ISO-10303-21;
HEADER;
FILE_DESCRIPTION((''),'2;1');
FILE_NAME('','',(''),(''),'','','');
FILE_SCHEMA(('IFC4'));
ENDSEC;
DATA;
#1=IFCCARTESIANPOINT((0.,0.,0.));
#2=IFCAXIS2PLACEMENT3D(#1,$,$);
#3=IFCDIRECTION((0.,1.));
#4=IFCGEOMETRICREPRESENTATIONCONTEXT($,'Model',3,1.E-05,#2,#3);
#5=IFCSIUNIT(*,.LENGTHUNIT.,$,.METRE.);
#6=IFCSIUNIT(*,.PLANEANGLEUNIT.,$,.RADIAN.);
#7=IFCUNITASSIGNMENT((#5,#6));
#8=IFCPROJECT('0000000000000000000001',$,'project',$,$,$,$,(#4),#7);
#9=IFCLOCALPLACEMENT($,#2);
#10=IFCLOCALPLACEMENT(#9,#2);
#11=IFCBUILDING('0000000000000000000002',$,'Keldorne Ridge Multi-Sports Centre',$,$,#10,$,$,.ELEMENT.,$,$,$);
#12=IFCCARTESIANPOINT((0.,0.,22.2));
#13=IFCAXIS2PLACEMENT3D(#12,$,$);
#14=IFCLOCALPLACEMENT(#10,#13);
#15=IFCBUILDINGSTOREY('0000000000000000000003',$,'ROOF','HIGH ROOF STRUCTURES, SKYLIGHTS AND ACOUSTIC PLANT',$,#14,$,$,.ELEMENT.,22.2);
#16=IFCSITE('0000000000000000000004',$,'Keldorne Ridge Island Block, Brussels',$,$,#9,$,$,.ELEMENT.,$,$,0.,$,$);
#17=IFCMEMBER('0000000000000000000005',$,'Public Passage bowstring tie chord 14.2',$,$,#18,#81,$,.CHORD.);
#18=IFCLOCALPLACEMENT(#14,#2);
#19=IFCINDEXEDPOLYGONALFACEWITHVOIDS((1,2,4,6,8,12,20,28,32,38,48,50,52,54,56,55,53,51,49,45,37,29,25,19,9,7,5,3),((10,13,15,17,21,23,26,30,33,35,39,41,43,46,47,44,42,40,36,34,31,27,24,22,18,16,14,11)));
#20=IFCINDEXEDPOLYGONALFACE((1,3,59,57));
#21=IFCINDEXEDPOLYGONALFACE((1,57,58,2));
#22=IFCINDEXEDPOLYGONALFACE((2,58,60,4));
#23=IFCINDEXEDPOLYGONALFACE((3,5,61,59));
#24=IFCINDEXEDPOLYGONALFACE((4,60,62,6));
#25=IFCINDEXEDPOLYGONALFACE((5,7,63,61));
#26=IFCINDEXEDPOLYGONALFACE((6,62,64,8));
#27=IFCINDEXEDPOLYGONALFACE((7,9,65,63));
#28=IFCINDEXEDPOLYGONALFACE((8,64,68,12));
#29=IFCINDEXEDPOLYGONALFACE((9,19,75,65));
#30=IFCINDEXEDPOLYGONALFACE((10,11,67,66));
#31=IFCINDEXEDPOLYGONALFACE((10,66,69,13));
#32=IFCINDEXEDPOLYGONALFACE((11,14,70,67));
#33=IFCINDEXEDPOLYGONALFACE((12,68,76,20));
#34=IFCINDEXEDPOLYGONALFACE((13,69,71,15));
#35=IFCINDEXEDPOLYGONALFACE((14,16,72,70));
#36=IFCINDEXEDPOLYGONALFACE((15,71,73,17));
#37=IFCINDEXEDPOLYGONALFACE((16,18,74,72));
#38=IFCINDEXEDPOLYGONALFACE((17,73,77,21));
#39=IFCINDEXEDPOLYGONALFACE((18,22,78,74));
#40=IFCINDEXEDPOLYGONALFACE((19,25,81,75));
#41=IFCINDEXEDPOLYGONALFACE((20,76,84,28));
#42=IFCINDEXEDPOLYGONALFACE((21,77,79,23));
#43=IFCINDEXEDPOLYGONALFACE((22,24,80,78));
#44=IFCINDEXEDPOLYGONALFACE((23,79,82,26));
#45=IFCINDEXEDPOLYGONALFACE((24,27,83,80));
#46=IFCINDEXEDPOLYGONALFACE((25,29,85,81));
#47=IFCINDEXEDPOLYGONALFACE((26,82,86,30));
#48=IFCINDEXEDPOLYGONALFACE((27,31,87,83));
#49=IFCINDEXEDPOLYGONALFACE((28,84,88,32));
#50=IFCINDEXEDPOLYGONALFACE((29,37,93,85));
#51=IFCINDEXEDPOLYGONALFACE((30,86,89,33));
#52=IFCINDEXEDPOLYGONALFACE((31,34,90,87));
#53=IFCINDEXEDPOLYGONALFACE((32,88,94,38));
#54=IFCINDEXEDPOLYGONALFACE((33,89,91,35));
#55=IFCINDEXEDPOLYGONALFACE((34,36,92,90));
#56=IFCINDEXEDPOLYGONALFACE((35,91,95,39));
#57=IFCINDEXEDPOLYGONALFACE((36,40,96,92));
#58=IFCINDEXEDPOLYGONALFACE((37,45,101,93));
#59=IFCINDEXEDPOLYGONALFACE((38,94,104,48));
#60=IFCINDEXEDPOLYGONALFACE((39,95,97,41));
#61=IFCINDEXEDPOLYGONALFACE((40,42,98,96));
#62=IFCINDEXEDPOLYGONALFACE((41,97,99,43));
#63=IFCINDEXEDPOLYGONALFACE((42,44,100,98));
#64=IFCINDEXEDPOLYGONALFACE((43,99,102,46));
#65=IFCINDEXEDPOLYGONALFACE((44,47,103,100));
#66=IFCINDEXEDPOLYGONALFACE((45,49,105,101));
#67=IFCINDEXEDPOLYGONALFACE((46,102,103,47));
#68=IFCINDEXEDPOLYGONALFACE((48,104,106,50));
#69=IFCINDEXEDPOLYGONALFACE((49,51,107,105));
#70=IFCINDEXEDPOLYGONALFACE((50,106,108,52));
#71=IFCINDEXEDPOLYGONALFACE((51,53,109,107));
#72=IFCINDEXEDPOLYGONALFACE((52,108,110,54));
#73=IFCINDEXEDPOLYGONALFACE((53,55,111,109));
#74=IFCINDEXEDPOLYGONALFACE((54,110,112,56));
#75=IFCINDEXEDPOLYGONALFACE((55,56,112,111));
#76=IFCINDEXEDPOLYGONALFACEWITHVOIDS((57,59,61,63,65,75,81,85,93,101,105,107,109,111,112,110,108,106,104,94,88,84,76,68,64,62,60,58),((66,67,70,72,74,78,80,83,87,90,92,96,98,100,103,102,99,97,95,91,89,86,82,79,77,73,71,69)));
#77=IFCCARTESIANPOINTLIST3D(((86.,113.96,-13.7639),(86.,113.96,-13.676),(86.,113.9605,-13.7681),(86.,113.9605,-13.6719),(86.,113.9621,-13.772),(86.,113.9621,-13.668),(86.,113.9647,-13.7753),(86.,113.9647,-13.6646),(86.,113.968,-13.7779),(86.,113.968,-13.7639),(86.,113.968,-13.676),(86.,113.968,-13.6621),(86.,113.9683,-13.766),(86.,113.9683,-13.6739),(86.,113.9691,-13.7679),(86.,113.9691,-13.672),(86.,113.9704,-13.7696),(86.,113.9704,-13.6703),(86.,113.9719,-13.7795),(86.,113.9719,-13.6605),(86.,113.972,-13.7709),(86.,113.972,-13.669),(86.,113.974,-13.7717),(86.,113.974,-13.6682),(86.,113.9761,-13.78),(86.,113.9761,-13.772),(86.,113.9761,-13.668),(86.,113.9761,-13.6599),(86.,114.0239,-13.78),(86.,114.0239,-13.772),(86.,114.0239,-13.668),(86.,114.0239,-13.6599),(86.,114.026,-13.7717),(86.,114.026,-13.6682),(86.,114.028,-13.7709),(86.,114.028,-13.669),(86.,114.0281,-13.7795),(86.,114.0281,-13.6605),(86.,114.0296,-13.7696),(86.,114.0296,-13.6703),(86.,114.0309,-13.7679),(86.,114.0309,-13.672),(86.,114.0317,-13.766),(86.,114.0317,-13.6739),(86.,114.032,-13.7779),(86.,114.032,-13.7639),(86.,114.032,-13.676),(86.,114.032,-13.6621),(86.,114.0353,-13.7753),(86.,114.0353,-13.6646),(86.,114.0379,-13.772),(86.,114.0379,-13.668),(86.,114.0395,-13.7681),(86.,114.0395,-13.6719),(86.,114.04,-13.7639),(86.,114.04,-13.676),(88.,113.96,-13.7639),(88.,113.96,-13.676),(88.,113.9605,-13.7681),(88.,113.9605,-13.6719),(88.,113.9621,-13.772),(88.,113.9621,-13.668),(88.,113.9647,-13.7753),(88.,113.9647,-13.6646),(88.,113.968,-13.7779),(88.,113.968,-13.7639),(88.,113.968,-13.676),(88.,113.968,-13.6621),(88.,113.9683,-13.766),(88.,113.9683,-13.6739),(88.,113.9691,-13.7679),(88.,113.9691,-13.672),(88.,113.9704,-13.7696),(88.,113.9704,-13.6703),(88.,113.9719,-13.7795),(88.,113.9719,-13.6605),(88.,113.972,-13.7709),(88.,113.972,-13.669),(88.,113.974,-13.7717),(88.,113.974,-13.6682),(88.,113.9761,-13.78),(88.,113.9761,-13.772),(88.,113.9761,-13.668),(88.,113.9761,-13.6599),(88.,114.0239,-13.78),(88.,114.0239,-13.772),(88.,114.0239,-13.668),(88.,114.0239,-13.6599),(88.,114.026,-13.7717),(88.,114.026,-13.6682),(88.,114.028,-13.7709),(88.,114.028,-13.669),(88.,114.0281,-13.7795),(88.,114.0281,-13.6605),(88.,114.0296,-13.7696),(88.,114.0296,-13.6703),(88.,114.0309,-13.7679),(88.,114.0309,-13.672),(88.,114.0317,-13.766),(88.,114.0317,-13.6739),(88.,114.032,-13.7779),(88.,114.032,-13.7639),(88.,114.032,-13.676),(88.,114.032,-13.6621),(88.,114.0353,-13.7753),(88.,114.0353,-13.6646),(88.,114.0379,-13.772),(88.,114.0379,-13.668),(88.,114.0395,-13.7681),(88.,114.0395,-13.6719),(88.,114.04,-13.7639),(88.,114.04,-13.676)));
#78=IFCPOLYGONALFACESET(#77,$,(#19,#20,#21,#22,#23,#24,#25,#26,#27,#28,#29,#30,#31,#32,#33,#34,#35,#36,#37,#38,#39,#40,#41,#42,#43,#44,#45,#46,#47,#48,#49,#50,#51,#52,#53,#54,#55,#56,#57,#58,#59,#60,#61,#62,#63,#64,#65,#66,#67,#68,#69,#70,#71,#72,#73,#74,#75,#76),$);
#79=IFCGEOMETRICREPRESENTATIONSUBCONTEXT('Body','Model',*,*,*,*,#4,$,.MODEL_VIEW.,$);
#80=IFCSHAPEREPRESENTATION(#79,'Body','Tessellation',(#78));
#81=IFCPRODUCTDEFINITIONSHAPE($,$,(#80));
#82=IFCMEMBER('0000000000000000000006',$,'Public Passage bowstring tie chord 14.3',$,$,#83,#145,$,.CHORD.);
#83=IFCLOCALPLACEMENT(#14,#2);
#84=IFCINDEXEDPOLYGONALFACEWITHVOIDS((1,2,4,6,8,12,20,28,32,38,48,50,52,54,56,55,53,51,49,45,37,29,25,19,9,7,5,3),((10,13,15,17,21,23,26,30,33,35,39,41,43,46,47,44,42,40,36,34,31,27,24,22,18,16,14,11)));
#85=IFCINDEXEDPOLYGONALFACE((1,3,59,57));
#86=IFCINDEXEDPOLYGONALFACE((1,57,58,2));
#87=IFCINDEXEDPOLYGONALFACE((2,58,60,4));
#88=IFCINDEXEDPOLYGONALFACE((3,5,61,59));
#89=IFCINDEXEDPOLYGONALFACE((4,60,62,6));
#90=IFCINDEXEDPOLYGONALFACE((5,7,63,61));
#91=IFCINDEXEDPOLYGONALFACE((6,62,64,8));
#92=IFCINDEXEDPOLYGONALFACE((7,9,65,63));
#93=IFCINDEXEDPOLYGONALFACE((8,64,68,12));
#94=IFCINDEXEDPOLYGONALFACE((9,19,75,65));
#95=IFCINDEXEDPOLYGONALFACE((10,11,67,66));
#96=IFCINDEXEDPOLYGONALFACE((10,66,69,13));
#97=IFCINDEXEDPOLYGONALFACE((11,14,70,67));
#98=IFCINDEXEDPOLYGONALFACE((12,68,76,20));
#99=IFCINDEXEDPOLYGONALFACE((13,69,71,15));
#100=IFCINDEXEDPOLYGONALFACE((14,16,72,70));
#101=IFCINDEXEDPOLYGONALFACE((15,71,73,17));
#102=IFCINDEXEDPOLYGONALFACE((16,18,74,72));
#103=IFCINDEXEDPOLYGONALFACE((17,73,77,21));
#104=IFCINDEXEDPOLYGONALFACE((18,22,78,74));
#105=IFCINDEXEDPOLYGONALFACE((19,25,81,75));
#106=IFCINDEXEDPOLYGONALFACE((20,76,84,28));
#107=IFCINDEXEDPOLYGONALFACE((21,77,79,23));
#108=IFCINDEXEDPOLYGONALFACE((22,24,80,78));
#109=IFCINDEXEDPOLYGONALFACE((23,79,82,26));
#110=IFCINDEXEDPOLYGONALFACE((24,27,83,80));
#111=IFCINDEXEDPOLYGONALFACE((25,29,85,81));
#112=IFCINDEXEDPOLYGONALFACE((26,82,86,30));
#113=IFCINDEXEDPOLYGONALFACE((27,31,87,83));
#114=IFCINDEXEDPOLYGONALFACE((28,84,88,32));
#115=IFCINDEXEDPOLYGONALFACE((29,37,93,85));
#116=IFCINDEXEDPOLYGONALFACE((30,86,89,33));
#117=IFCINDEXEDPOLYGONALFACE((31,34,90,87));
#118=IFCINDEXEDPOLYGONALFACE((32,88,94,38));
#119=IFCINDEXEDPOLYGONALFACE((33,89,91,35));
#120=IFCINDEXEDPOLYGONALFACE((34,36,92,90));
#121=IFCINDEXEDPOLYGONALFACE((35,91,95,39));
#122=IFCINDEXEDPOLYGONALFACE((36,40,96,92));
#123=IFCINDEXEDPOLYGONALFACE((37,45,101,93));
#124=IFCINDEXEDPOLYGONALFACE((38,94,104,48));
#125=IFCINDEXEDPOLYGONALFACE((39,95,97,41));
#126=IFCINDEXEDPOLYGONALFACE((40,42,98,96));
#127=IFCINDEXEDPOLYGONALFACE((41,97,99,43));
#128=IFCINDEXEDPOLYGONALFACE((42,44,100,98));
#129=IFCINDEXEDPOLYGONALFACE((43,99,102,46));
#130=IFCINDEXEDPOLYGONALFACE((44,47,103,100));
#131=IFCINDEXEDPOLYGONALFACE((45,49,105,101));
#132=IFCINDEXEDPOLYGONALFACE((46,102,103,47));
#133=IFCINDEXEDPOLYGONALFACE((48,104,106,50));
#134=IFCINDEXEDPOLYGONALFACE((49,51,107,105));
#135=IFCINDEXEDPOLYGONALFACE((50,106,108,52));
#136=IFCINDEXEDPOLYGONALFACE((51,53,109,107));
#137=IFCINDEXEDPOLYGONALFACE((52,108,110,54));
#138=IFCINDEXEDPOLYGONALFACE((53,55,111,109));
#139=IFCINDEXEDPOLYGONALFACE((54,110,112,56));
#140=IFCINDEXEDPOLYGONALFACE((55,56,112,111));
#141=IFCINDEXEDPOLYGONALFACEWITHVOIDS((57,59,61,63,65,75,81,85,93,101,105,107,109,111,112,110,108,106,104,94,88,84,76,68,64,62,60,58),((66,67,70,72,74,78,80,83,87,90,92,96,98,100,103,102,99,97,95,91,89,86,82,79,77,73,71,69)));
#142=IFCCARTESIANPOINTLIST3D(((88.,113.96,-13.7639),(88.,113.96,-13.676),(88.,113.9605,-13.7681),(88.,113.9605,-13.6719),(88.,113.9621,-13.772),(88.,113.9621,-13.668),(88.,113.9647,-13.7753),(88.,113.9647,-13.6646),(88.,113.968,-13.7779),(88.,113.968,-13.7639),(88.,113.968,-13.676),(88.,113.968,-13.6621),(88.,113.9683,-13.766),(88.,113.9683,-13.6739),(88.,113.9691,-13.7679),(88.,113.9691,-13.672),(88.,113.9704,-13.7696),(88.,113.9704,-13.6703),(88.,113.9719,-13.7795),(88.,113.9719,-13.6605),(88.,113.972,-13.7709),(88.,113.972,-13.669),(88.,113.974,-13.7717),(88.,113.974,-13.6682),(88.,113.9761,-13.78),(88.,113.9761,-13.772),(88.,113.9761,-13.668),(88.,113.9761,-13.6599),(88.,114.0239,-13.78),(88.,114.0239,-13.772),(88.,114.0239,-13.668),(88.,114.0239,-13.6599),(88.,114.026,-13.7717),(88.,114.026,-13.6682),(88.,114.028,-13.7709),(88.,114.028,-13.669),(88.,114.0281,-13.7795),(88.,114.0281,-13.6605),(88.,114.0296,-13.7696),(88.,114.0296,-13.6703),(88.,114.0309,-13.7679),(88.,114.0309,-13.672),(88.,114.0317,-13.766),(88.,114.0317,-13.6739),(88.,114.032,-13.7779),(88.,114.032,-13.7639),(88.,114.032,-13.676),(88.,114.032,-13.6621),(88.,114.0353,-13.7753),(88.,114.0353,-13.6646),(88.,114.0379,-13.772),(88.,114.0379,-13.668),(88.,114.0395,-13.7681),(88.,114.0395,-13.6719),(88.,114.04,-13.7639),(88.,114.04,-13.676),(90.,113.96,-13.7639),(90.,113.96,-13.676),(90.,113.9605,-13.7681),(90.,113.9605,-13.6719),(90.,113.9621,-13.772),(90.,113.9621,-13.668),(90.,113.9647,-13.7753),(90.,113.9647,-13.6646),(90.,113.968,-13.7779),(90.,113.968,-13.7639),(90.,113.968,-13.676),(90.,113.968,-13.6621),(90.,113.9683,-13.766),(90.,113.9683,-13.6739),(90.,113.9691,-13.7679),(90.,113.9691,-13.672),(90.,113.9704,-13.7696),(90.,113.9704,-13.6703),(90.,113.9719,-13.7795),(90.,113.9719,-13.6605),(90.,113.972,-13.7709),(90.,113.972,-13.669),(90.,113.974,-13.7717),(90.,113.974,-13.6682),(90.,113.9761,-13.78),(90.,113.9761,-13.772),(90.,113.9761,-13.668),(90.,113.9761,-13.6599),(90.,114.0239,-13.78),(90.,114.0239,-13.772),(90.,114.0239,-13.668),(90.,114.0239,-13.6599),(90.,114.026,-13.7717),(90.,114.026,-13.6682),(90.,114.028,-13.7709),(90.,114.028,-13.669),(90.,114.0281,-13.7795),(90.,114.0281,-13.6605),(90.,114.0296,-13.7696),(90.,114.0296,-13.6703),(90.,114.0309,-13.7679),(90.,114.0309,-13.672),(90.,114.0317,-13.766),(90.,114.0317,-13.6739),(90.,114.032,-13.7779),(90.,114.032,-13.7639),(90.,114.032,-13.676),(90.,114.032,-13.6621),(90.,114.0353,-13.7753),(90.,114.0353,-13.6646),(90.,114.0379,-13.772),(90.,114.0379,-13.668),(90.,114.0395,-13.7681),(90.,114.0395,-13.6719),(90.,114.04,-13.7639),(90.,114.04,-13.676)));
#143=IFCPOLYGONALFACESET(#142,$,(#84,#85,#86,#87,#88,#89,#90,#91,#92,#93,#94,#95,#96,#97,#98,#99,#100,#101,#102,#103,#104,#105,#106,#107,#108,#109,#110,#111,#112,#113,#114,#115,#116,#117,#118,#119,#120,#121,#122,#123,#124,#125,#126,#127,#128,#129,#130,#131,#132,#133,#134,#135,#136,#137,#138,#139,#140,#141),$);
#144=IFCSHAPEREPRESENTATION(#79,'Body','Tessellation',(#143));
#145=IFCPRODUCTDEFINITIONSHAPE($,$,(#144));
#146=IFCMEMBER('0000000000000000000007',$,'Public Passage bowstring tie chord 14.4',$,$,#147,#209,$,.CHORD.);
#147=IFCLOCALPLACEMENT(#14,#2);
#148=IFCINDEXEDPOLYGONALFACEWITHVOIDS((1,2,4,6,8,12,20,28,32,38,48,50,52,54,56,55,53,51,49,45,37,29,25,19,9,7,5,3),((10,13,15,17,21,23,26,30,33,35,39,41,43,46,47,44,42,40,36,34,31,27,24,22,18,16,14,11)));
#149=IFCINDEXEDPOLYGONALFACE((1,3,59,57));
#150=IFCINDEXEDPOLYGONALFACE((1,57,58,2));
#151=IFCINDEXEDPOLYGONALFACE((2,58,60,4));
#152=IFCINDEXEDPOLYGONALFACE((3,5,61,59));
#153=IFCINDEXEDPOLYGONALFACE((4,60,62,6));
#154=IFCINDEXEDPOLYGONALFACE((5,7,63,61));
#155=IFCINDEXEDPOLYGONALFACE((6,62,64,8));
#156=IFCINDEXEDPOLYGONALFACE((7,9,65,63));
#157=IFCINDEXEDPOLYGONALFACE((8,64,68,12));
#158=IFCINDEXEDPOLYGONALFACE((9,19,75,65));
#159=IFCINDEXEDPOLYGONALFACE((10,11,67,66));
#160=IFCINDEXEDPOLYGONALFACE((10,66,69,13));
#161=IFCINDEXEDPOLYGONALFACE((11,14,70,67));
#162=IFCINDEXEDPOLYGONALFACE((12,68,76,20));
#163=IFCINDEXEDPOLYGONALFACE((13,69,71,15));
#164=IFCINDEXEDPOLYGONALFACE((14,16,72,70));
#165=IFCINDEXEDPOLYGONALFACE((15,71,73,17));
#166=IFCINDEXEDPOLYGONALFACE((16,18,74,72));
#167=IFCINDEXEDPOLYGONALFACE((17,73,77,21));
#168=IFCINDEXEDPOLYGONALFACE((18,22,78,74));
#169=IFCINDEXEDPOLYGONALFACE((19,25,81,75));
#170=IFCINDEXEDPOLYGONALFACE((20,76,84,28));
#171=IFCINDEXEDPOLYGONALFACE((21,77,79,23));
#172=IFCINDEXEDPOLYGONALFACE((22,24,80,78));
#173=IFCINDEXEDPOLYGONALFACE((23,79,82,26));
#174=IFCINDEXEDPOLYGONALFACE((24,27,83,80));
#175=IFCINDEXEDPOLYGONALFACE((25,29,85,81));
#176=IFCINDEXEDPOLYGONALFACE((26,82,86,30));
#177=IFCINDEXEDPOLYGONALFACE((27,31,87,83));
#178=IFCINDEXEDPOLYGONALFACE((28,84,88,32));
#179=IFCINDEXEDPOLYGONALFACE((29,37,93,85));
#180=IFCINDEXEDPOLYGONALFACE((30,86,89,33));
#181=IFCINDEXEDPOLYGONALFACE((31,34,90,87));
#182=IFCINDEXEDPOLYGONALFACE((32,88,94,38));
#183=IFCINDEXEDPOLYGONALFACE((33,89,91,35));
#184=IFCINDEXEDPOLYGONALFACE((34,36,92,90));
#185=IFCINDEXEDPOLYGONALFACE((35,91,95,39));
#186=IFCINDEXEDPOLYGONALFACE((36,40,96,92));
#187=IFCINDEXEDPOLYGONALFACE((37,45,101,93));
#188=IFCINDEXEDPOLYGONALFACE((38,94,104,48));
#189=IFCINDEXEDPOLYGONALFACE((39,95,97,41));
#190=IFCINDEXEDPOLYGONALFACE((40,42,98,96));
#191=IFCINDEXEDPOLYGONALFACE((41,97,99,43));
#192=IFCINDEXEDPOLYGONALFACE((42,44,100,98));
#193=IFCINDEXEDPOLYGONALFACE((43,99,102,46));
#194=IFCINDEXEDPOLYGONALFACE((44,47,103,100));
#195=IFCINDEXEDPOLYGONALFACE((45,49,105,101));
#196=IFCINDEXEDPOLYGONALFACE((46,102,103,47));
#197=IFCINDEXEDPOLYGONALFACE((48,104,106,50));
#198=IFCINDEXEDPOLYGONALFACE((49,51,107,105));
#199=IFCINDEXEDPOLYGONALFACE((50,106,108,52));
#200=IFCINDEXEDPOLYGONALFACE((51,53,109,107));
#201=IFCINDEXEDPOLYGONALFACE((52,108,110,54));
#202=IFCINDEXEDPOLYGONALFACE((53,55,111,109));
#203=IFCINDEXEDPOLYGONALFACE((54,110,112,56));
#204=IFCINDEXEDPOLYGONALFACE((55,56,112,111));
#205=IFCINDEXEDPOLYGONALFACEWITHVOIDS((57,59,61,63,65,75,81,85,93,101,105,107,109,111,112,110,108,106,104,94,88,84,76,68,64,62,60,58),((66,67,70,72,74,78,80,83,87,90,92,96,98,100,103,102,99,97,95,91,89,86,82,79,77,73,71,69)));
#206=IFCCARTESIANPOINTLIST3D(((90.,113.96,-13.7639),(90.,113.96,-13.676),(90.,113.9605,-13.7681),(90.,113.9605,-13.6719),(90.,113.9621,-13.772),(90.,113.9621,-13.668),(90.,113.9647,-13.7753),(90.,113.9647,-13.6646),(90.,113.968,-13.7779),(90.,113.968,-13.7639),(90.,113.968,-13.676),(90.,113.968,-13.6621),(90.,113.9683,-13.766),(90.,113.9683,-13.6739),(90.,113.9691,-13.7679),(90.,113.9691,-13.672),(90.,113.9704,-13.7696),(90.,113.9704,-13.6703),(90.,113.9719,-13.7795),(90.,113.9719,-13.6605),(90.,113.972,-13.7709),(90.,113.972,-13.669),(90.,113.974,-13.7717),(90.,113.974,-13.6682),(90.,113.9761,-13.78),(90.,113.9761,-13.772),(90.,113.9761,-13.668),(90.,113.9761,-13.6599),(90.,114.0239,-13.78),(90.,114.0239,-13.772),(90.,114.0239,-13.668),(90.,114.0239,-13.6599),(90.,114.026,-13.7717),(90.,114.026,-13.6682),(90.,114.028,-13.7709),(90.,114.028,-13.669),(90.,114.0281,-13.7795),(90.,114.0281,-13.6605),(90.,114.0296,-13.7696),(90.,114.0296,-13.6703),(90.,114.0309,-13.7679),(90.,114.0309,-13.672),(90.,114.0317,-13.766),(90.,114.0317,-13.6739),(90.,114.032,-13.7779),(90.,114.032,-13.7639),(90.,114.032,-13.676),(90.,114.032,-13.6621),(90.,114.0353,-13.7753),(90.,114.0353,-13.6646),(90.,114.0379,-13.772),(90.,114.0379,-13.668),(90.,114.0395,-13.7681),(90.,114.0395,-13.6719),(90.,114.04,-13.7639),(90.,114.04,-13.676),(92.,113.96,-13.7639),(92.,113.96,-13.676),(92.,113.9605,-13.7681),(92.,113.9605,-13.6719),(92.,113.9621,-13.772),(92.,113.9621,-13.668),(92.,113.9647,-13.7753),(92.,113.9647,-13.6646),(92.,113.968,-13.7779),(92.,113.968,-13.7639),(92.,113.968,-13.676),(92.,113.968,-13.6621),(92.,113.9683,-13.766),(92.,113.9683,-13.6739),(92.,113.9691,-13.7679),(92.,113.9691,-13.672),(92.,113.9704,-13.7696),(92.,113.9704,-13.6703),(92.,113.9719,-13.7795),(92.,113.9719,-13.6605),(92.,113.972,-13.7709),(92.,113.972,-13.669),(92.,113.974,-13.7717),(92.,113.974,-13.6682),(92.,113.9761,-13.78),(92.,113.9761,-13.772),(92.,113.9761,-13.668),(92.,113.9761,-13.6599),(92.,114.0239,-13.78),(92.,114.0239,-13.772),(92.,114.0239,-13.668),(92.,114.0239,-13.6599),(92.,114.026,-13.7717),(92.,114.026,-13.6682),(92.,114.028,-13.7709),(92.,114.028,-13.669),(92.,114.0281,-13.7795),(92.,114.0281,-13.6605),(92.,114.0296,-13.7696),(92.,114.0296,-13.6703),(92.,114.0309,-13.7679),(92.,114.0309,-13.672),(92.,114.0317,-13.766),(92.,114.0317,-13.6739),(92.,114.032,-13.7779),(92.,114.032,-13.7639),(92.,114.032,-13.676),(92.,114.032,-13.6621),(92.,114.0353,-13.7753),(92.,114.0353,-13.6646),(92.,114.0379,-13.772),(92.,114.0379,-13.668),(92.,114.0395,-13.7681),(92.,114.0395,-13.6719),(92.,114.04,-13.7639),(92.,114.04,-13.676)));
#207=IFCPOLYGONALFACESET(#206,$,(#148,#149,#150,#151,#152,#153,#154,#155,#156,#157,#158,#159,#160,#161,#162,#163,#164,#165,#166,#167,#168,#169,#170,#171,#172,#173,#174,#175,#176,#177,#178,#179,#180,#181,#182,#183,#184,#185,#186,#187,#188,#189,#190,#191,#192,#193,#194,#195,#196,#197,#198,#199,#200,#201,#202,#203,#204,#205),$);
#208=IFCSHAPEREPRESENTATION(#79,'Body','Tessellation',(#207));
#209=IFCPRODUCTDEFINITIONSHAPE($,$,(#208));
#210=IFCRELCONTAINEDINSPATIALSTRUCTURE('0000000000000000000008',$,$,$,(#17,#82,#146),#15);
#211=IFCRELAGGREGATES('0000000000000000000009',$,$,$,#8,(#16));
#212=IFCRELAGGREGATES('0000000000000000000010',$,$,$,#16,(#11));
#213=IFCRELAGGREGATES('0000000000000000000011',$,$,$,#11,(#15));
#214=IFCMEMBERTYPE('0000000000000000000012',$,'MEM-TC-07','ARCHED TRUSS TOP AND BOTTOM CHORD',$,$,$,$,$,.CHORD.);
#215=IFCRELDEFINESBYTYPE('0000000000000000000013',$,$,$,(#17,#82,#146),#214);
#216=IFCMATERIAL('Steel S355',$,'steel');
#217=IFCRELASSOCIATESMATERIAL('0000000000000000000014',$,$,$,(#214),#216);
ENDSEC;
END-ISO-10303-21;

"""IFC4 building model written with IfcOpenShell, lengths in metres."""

from ifc_helpers import new_model, si_unit, direction, frame, origin, origin_2d, place, context, subcontext, project, spatial, hollow_rectangle, extrude, material, material_profile, profile_set, type_object, element, save


model = new_model("IFC4")

# Units and contexts
model_context = context("Model", 3, precision=1e-05, world=origin(), true_north=direction((0.0, 1.0)))
body_context = subcontext(model_context, "Body", "Model", "MODEL_VIEW")
ifc_project = project(units=[si_unit("LENGTHUNIT", "METRE"), si_unit("PLANEANGLEUNIT", "RADIAN")], contexts=[model_context])

# Site, building, storey
site_placement = place(None, origin())
site = spatial("IfcSite", under=ifc_project, at=site_placement, Name="Keldorne Ridge Island Block, Brussels", CompositionType="ELEMENT", RefElevation=0.0)
building_placement = place(site_placement, origin())
building = spatial("IfcBuilding", under=site, at=building_placement, Name="Keldorne Ridge Multi-Sports Centre", CompositionType="ELEMENT")
storey_placement = place(building_placement, frame((0.0, 0.0, 22.2)))
storey = spatial("IfcBuildingStorey", under=building, at=storey_placement, Name="ROOF", Description="HIGH ROOF STRUCTURES, SKYLIGHTS AND ACOUSTIC PLANT", CompositionType="ELEMENT", Elevation=22.2)

# Members
ifc_material = material(Name="Steel S355", Category="steel")
ifc_material_profile_1 = material_profile(ifc_material, hollow_rectangle(XDim=0.0801, YDim=0.1201, WallThickness=0.0081, InnerFilletRadius=0.0081, OuterFilletRadius=0.0161, at=origin_2d()), Name="RHS 120x80x8")
ifc_profile_set_1 = profile_set([ifc_material_profile_1], Name="Steel S355")
member_type_1 = type_object("IfcMemberType", Name="MEM-TC-07", Description="ARCHED TRUSS TOP AND BOTTOM CHORD", PredefinedType="CHORD", material=ifc_profile_set_1)
for number, where, z_axis, x_axis, name in (
    (1, (86.0, 114.0, -13.72), (1.0, 0.0, 0.0), (0.0, 1.0, 0.0), "Public Passage bowstring tie chord 14.2"),
    (2, (88.0, 114.0, -13.72), (1.0, 0.0, 0.0), (0.0, 1.0, 0.0), "Public Passage bowstring tie chord 14.3"),
    (3, (90.0, 114.0, -13.72), (1.0, 0.0, 0.0), (0.0, 1.0, 0.0), "Public Passage bowstring tie chord 14.4"),
):
    element("IfcMember", number, at=place(storey_placement, frame(where, z_axis=z_axis, x_axis=x_axis)), inside=storey, type_object=member_type_1, Name=name, PredefinedType="CHORD", context=body_context, shape_type="SweptSolid", body=[
        extrude(hollow_rectangle(XDim=0.0801, YDim=0.1201, WallThickness=0.0081, InnerFilletRadius=0.0081, OuterFilletRadius=0.0161, at=origin_2d()), origin(), (0.0, 0.0, 1.0), 2.0),
    ])

save(model, "model.ifc")
